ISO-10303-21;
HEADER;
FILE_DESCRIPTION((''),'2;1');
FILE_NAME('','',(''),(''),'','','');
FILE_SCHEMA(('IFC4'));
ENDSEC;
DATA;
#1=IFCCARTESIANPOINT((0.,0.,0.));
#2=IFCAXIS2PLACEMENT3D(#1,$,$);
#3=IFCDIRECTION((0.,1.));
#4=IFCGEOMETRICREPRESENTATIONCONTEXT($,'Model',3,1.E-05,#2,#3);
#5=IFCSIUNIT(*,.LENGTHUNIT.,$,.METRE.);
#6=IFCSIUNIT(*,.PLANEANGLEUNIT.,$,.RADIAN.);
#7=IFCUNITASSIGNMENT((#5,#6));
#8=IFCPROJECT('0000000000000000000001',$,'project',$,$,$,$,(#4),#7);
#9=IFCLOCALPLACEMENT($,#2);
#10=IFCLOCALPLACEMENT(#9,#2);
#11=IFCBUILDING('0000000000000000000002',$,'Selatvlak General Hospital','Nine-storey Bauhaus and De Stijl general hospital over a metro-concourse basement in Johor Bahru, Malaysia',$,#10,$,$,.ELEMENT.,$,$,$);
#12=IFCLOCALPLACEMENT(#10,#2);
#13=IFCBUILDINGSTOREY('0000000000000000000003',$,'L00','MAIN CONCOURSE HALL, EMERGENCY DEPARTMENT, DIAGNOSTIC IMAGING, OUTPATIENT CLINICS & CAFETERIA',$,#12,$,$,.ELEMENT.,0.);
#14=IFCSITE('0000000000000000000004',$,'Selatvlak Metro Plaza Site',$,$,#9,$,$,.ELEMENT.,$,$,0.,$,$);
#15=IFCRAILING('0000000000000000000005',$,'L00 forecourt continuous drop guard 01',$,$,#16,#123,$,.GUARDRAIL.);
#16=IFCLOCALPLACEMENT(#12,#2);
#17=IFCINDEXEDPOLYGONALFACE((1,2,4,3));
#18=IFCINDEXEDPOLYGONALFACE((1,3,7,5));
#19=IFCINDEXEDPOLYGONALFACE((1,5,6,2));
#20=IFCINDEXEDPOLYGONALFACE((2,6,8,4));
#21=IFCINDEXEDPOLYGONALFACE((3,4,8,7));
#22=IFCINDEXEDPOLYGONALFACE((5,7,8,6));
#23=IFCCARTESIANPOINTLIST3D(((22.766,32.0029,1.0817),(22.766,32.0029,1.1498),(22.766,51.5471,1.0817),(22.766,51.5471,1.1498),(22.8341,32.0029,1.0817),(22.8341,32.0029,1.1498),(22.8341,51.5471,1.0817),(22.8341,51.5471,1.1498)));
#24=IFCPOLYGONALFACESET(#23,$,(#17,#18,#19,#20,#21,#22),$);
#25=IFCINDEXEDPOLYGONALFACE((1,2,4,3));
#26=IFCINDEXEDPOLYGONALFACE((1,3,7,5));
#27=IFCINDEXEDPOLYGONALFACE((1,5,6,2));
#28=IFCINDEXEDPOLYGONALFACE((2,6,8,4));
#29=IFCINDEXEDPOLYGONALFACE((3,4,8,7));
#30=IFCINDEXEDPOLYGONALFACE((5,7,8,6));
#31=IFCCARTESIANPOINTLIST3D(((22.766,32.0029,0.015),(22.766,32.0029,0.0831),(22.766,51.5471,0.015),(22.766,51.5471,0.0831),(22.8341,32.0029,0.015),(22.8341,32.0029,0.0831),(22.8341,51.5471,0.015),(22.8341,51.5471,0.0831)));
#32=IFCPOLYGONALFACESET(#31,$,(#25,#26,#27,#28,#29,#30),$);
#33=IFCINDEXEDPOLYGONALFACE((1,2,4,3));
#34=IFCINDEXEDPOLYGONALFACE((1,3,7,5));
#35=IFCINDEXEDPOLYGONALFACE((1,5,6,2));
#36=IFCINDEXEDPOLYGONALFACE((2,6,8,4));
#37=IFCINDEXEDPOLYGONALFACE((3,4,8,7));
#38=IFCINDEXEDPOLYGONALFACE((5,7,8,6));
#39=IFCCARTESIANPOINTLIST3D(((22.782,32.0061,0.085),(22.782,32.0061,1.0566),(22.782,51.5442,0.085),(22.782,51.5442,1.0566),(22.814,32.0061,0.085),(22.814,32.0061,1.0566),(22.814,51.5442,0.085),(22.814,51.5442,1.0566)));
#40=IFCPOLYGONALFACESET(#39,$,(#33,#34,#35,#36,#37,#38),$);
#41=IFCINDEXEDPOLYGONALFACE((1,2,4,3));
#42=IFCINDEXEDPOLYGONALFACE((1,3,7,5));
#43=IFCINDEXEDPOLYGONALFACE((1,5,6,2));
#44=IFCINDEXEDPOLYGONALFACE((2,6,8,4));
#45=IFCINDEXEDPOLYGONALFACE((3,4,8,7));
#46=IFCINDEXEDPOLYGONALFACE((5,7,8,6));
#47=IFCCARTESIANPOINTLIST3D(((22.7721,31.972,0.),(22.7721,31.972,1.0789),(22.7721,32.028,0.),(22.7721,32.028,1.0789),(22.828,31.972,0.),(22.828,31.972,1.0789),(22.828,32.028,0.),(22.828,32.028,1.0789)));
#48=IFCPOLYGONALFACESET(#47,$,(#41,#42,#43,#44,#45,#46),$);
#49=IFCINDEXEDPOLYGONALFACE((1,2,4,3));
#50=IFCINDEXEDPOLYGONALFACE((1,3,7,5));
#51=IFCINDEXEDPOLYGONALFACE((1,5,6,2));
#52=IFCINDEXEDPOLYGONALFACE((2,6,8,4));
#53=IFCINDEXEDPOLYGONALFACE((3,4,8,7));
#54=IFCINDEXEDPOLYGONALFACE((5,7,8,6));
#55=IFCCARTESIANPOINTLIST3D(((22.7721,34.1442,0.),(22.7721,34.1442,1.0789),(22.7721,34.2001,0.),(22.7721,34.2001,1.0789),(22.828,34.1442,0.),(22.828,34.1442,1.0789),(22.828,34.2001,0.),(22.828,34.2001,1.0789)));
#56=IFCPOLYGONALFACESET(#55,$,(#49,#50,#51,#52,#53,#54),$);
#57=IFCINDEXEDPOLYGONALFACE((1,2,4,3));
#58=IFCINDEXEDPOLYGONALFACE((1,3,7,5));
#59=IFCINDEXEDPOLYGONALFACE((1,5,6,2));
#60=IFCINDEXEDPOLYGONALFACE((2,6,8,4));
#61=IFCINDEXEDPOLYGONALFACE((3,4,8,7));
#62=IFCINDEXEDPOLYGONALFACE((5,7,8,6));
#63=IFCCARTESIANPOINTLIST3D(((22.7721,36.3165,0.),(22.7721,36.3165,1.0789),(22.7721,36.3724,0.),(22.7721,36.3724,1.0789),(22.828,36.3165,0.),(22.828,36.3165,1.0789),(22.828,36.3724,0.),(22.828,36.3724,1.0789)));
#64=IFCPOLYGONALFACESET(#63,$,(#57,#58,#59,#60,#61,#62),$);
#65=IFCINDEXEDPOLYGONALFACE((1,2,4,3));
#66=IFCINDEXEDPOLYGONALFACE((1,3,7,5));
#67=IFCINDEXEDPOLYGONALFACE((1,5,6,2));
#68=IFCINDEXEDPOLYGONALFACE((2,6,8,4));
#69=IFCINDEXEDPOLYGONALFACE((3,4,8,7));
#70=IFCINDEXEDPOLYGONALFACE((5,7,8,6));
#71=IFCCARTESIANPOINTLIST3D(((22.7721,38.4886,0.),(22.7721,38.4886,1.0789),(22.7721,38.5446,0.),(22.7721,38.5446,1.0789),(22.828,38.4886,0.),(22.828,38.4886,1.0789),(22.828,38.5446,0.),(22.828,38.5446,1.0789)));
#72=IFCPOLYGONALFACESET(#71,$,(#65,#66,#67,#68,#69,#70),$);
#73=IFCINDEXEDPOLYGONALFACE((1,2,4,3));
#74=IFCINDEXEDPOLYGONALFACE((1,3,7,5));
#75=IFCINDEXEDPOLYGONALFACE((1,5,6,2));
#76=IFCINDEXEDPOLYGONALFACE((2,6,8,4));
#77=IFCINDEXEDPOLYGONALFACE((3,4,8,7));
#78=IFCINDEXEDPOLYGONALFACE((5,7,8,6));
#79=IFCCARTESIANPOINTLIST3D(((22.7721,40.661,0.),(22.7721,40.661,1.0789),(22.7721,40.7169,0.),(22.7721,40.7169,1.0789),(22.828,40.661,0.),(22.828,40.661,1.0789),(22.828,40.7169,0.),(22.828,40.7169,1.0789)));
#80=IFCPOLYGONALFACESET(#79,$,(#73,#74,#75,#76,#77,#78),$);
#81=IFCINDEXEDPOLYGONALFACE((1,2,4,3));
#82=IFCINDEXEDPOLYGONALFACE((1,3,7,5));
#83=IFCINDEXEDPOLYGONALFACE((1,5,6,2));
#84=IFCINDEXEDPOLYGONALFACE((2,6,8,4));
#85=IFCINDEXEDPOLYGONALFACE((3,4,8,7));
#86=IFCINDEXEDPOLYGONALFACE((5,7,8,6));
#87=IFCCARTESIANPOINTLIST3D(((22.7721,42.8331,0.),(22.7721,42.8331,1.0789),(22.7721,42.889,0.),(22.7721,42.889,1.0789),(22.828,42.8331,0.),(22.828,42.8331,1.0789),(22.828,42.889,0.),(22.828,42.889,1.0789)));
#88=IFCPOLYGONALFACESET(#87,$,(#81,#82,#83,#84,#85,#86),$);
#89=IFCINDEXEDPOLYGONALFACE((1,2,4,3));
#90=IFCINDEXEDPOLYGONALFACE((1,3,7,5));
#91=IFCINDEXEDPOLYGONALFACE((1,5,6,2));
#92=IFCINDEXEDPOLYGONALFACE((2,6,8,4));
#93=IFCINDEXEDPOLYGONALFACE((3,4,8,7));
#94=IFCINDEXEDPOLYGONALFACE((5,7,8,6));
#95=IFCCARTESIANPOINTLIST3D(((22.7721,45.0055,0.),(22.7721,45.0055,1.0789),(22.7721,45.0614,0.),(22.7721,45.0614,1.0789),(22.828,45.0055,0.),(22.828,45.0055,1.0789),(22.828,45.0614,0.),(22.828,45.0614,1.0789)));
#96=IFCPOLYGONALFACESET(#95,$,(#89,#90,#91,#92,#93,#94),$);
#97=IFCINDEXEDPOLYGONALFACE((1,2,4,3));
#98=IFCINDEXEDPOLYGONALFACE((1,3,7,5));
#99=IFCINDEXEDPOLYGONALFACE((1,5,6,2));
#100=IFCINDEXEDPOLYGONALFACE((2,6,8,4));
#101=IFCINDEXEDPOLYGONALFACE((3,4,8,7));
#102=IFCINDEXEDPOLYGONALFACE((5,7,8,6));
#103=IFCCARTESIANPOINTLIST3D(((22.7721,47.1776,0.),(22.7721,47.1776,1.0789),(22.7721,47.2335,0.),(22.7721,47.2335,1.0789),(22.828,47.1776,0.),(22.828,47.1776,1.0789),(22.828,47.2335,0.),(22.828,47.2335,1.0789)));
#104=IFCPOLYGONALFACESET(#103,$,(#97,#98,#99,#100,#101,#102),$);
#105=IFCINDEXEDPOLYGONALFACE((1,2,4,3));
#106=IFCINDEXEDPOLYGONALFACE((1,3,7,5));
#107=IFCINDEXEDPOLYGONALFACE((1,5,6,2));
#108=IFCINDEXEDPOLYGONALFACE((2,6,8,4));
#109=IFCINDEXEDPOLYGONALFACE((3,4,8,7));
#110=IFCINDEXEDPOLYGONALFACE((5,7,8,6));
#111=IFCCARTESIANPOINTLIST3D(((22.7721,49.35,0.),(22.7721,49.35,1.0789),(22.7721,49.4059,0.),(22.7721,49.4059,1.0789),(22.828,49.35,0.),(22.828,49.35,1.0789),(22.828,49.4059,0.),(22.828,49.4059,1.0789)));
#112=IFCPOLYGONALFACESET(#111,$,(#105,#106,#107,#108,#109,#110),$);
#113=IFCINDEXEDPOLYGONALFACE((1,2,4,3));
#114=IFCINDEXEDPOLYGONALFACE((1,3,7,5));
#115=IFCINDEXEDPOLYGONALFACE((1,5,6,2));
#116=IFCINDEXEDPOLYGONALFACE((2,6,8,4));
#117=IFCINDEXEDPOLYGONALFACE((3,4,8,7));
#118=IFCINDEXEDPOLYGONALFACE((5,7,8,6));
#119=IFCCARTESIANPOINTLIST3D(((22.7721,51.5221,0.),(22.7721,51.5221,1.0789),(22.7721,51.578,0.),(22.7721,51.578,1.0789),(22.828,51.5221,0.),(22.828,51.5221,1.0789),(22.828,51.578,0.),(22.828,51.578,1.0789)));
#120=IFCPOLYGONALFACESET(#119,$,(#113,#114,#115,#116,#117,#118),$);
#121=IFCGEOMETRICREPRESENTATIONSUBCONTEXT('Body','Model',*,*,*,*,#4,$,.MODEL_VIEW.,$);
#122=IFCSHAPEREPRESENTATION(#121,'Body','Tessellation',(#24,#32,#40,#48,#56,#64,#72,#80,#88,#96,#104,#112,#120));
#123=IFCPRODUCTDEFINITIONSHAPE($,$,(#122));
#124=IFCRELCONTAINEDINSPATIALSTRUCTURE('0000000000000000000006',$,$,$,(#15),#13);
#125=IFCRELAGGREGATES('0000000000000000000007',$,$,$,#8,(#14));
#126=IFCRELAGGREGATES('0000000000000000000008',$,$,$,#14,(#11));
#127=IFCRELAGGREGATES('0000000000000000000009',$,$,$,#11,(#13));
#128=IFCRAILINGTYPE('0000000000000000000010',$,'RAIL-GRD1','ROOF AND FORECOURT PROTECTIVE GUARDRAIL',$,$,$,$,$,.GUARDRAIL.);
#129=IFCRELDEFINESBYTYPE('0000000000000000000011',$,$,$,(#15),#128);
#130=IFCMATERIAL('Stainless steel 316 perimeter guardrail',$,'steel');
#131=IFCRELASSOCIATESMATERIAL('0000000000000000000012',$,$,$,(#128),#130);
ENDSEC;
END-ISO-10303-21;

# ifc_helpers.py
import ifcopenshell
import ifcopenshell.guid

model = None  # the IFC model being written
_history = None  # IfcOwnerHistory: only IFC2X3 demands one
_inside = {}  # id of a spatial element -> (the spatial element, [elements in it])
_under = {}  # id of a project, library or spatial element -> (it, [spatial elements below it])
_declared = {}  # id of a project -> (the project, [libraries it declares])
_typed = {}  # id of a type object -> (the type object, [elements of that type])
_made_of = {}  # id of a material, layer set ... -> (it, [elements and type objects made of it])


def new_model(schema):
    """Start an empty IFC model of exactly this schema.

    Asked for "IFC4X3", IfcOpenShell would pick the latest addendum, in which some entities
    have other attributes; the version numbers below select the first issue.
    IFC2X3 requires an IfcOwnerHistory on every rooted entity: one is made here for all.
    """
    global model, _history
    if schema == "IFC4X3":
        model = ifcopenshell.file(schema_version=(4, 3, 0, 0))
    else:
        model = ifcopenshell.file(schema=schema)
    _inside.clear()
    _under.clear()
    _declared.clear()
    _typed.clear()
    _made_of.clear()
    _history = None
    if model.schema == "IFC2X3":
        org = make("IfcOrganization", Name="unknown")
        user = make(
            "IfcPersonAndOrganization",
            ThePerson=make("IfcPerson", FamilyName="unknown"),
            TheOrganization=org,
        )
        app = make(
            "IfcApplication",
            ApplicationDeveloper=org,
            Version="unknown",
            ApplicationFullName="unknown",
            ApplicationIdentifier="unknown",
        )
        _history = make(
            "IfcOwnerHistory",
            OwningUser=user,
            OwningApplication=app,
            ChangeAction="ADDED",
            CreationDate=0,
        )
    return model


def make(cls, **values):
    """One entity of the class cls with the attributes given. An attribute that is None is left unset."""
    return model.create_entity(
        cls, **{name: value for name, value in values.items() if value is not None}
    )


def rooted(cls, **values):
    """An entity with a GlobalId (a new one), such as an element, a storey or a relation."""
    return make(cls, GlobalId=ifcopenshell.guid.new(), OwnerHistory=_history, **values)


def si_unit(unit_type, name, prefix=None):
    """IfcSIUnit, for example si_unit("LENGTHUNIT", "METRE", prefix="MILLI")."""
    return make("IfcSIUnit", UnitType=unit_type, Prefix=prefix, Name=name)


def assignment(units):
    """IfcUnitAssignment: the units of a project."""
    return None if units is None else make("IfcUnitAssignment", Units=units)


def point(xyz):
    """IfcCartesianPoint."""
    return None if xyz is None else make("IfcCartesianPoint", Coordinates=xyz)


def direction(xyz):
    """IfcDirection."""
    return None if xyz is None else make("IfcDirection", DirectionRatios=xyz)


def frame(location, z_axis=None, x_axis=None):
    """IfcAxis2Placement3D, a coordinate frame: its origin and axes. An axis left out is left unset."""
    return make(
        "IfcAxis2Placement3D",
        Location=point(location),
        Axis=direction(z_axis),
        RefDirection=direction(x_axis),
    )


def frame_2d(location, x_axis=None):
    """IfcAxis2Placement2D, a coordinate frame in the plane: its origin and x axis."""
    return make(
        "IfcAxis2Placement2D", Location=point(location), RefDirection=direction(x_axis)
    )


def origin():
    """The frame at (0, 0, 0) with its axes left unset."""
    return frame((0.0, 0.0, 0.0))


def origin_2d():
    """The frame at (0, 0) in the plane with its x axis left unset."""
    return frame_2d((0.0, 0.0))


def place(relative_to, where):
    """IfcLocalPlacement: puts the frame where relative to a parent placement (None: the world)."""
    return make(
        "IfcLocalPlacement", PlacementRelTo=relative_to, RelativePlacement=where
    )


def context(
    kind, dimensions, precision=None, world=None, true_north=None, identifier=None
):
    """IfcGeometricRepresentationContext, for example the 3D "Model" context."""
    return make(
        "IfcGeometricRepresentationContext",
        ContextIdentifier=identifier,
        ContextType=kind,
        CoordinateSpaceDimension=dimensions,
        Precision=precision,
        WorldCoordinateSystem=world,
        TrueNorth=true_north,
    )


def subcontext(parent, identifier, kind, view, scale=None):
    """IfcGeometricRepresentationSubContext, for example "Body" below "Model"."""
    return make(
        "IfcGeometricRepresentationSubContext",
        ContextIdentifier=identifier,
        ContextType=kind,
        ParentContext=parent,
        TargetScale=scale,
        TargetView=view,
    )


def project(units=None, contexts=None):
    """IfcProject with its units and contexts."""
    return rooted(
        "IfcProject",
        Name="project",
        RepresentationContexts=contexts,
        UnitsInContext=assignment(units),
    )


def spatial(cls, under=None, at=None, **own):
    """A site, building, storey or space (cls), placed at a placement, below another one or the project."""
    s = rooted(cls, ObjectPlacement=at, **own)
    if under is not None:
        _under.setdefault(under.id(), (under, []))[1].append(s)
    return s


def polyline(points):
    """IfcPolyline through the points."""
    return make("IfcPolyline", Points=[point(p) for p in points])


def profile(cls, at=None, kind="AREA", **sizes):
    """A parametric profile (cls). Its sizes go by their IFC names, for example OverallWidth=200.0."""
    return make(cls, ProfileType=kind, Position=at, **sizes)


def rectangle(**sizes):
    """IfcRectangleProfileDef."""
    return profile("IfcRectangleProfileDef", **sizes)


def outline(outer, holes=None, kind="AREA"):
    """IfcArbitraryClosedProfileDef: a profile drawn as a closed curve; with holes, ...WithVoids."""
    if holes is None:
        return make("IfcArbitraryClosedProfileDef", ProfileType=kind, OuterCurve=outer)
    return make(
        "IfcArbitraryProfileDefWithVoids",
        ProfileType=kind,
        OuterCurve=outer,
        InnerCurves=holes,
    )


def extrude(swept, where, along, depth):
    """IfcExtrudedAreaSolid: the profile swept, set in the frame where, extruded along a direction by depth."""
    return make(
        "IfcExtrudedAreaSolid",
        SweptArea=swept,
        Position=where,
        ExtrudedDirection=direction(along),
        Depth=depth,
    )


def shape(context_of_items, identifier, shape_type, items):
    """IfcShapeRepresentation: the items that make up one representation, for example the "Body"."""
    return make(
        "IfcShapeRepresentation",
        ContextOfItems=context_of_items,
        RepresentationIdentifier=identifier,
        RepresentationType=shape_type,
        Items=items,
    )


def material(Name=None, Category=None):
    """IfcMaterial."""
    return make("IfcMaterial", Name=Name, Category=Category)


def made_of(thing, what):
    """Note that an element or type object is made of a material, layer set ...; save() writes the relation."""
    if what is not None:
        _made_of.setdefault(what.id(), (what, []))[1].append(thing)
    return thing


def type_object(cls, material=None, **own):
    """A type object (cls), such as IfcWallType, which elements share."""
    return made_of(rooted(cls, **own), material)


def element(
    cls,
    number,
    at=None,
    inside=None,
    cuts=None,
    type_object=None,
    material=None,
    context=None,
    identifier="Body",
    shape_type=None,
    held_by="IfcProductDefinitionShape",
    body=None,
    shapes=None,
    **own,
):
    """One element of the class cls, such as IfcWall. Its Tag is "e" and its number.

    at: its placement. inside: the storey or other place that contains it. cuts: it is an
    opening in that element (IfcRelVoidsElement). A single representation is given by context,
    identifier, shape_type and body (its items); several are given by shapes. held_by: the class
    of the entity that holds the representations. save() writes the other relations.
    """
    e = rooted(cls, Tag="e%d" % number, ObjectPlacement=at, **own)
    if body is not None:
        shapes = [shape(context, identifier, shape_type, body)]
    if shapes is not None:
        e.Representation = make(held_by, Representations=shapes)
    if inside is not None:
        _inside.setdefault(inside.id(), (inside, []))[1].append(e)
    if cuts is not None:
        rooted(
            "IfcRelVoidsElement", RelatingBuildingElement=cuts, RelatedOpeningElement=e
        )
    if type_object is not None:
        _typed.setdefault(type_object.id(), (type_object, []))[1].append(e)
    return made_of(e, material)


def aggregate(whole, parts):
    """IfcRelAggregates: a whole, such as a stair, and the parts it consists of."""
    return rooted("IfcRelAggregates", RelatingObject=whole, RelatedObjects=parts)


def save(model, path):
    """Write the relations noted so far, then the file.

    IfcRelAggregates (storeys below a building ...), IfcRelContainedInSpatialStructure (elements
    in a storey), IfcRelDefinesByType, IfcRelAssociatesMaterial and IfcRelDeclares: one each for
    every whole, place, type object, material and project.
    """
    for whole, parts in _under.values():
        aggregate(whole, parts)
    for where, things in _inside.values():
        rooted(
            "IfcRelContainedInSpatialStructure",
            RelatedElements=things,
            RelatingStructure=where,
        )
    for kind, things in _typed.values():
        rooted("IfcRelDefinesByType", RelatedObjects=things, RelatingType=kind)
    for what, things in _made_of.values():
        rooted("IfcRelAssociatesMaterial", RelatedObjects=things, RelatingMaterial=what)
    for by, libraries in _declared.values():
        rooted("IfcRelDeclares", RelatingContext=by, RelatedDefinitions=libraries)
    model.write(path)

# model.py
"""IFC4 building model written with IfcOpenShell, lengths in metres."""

from ifc_helpers import new_model, si_unit, direction, frame, origin, origin_2d, place, context, subcontext, project, spatial, polyline, rectangle, outline, extrude, material, type_object, element, save


model = new_model("IFC4")

# Units and contexts
model_context = context("Model", 3, precision=1e-05, world=origin(), true_north=direction((0.0, 1.0)))
body_context = subcontext(model_context, "Body", "Model", "MODEL_VIEW")
ifc_project = project(units=[si_unit("LENGTHUNIT", "METRE"), si_unit("PLANEANGLEUNIT", "RADIAN")], contexts=[model_context])

# Site, building, storey
site_placement = place(None, origin())
site = spatial("IfcSite", under=ifc_project, at=site_placement, Name="Selatvlak Metro Plaza Site", CompositionType="ELEMENT", RefElevation=0.0)
building_placement = place(site_placement, origin())
building = spatial("IfcBuilding", under=site, at=building_placement, Name="Selatvlak General Hospital", Description="Nine-storey Bauhaus and De Stijl general hospital over a metro-concourse basement in Johor Bahru, Malaysia", CompositionType="ELEMENT")
storey_placement = place(building_placement, origin())
storey = spatial("IfcBuildingStorey", under=building, at=storey_placement, Name="L00", Description="MAIN CONCOURSE HALL, EMERGENCY DEPARTMENT, DIAGNOSTIC IMAGING, OUTPATIENT CLINICS & CAFETERIA", CompositionType="ELEMENT", Elevation=0.0)

# Railing
ifc_material_1 = material(Name="Stainless steel 316 perimeter guardrail", Category="steel")
railing_type = type_object("IfcRailingType", Name="RAIL-GRD1", Description="ROOF AND FORECOURT PROTECTIVE GUARDRAIL", PredefinedType="GUARDRAIL", material=ifc_material_1)
railing_placement = place(storey_placement, frame((22.8, 32.0, 0.0)))
element("IfcRailing", 1, at=railing_placement, inside=storey, type_object=railing_type, Name="L00 forecourt continuous drop guard 01", PredefinedType="GUARDRAIL", context=body_context, shape_type="SweptSolid", body=[
    extrude(rectangle(XDim=0.0681, YDim=0.0681, at=origin_2d()), frame((0.0, 0.0029, 1.1157), z_axis=(0.0, 1.0, 0.0), x_axis=(-1.0, 0.0, 0.0)), (0.0, 0.0, 1.0), 19.5442),
    extrude(rectangle(XDim=0.0681, YDim=0.0681, at=origin_2d()), frame((0.0, 0.0029, 0.0491), z_axis=(0.0, 1.0, 0.0), x_axis=(-1.0, 0.0, 0.0)), (0.0, 0.0, 1.0), 19.5442),
    extrude(outline(polyline([(0.0, 0.0), (19.5381, 0.0), (19.5381, 0.9717), (0.0, 0.9717), (0.0, 0.0)])), frame((-0.0181, 0.0061, 0.085), z_axis=(1.0, 0.0, 0.0), x_axis=(0.0, 1.0, 0.0)), (0.0, 0.0, 1.0), 0.032),
    extrude(rectangle(XDim=0.0559, YDim=0.0559, at=origin_2d()), origin(), (0.0, 0.0, 1.0), 1.0789),
    extrude(rectangle(XDim=0.0559, YDim=0.0559, at=origin_2d()), frame((0.0, 2.1721, 0.0)), (0.0, 0.0, 1.0), 1.0789),
    extrude(rectangle(XDim=0.0559, YDim=0.0559, at=origin_2d()), frame((0.0, 4.3445, 0.0)), (0.0, 0.0, 1.0), 1.0789),
    extrude(rectangle(XDim=0.0559, YDim=0.0559, at=origin_2d()), frame((0.0, 6.5166, 0.0)), (0.0, 0.0, 1.0), 1.0789),
    extrude(rectangle(XDim=0.0559, YDim=0.0559, at=origin_2d()), frame((0.0, 8.689, 0.0)), (0.0, 0.0, 1.0), 1.0789),
    extrude(rectangle(XDim=0.0559, YDim=0.0559, at=origin_2d()), frame((0.0, 10.8611, 0.0)), (0.0, 0.0, 1.0), 1.0789),
    extrude(rectangle(XDim=0.0559, YDim=0.0559, at=origin_2d()), frame((0.0, 13.0334, 0.0)), (0.0, 0.0, 1.0), 1.0789),
    extrude(rectangle(XDim=0.0559, YDim=0.0559, at=origin_2d()), frame((0.0, 15.2056, 0.0)), (0.0, 0.0, 1.0), 1.0789),
    extrude(rectangle(XDim=0.0559, YDim=0.0559, at=origin_2d()), frame((0.0, 17.3779, 0.0)), (0.0, 0.0, 1.0), 1.0789),
    extrude(rectangle(XDim=0.0559, YDim=0.0559, at=origin_2d()), frame((0.0, 19.55, 0.0)), (0.0, 0.0, 1.0), 1.0789),
])

save(model, "model.ifc")
